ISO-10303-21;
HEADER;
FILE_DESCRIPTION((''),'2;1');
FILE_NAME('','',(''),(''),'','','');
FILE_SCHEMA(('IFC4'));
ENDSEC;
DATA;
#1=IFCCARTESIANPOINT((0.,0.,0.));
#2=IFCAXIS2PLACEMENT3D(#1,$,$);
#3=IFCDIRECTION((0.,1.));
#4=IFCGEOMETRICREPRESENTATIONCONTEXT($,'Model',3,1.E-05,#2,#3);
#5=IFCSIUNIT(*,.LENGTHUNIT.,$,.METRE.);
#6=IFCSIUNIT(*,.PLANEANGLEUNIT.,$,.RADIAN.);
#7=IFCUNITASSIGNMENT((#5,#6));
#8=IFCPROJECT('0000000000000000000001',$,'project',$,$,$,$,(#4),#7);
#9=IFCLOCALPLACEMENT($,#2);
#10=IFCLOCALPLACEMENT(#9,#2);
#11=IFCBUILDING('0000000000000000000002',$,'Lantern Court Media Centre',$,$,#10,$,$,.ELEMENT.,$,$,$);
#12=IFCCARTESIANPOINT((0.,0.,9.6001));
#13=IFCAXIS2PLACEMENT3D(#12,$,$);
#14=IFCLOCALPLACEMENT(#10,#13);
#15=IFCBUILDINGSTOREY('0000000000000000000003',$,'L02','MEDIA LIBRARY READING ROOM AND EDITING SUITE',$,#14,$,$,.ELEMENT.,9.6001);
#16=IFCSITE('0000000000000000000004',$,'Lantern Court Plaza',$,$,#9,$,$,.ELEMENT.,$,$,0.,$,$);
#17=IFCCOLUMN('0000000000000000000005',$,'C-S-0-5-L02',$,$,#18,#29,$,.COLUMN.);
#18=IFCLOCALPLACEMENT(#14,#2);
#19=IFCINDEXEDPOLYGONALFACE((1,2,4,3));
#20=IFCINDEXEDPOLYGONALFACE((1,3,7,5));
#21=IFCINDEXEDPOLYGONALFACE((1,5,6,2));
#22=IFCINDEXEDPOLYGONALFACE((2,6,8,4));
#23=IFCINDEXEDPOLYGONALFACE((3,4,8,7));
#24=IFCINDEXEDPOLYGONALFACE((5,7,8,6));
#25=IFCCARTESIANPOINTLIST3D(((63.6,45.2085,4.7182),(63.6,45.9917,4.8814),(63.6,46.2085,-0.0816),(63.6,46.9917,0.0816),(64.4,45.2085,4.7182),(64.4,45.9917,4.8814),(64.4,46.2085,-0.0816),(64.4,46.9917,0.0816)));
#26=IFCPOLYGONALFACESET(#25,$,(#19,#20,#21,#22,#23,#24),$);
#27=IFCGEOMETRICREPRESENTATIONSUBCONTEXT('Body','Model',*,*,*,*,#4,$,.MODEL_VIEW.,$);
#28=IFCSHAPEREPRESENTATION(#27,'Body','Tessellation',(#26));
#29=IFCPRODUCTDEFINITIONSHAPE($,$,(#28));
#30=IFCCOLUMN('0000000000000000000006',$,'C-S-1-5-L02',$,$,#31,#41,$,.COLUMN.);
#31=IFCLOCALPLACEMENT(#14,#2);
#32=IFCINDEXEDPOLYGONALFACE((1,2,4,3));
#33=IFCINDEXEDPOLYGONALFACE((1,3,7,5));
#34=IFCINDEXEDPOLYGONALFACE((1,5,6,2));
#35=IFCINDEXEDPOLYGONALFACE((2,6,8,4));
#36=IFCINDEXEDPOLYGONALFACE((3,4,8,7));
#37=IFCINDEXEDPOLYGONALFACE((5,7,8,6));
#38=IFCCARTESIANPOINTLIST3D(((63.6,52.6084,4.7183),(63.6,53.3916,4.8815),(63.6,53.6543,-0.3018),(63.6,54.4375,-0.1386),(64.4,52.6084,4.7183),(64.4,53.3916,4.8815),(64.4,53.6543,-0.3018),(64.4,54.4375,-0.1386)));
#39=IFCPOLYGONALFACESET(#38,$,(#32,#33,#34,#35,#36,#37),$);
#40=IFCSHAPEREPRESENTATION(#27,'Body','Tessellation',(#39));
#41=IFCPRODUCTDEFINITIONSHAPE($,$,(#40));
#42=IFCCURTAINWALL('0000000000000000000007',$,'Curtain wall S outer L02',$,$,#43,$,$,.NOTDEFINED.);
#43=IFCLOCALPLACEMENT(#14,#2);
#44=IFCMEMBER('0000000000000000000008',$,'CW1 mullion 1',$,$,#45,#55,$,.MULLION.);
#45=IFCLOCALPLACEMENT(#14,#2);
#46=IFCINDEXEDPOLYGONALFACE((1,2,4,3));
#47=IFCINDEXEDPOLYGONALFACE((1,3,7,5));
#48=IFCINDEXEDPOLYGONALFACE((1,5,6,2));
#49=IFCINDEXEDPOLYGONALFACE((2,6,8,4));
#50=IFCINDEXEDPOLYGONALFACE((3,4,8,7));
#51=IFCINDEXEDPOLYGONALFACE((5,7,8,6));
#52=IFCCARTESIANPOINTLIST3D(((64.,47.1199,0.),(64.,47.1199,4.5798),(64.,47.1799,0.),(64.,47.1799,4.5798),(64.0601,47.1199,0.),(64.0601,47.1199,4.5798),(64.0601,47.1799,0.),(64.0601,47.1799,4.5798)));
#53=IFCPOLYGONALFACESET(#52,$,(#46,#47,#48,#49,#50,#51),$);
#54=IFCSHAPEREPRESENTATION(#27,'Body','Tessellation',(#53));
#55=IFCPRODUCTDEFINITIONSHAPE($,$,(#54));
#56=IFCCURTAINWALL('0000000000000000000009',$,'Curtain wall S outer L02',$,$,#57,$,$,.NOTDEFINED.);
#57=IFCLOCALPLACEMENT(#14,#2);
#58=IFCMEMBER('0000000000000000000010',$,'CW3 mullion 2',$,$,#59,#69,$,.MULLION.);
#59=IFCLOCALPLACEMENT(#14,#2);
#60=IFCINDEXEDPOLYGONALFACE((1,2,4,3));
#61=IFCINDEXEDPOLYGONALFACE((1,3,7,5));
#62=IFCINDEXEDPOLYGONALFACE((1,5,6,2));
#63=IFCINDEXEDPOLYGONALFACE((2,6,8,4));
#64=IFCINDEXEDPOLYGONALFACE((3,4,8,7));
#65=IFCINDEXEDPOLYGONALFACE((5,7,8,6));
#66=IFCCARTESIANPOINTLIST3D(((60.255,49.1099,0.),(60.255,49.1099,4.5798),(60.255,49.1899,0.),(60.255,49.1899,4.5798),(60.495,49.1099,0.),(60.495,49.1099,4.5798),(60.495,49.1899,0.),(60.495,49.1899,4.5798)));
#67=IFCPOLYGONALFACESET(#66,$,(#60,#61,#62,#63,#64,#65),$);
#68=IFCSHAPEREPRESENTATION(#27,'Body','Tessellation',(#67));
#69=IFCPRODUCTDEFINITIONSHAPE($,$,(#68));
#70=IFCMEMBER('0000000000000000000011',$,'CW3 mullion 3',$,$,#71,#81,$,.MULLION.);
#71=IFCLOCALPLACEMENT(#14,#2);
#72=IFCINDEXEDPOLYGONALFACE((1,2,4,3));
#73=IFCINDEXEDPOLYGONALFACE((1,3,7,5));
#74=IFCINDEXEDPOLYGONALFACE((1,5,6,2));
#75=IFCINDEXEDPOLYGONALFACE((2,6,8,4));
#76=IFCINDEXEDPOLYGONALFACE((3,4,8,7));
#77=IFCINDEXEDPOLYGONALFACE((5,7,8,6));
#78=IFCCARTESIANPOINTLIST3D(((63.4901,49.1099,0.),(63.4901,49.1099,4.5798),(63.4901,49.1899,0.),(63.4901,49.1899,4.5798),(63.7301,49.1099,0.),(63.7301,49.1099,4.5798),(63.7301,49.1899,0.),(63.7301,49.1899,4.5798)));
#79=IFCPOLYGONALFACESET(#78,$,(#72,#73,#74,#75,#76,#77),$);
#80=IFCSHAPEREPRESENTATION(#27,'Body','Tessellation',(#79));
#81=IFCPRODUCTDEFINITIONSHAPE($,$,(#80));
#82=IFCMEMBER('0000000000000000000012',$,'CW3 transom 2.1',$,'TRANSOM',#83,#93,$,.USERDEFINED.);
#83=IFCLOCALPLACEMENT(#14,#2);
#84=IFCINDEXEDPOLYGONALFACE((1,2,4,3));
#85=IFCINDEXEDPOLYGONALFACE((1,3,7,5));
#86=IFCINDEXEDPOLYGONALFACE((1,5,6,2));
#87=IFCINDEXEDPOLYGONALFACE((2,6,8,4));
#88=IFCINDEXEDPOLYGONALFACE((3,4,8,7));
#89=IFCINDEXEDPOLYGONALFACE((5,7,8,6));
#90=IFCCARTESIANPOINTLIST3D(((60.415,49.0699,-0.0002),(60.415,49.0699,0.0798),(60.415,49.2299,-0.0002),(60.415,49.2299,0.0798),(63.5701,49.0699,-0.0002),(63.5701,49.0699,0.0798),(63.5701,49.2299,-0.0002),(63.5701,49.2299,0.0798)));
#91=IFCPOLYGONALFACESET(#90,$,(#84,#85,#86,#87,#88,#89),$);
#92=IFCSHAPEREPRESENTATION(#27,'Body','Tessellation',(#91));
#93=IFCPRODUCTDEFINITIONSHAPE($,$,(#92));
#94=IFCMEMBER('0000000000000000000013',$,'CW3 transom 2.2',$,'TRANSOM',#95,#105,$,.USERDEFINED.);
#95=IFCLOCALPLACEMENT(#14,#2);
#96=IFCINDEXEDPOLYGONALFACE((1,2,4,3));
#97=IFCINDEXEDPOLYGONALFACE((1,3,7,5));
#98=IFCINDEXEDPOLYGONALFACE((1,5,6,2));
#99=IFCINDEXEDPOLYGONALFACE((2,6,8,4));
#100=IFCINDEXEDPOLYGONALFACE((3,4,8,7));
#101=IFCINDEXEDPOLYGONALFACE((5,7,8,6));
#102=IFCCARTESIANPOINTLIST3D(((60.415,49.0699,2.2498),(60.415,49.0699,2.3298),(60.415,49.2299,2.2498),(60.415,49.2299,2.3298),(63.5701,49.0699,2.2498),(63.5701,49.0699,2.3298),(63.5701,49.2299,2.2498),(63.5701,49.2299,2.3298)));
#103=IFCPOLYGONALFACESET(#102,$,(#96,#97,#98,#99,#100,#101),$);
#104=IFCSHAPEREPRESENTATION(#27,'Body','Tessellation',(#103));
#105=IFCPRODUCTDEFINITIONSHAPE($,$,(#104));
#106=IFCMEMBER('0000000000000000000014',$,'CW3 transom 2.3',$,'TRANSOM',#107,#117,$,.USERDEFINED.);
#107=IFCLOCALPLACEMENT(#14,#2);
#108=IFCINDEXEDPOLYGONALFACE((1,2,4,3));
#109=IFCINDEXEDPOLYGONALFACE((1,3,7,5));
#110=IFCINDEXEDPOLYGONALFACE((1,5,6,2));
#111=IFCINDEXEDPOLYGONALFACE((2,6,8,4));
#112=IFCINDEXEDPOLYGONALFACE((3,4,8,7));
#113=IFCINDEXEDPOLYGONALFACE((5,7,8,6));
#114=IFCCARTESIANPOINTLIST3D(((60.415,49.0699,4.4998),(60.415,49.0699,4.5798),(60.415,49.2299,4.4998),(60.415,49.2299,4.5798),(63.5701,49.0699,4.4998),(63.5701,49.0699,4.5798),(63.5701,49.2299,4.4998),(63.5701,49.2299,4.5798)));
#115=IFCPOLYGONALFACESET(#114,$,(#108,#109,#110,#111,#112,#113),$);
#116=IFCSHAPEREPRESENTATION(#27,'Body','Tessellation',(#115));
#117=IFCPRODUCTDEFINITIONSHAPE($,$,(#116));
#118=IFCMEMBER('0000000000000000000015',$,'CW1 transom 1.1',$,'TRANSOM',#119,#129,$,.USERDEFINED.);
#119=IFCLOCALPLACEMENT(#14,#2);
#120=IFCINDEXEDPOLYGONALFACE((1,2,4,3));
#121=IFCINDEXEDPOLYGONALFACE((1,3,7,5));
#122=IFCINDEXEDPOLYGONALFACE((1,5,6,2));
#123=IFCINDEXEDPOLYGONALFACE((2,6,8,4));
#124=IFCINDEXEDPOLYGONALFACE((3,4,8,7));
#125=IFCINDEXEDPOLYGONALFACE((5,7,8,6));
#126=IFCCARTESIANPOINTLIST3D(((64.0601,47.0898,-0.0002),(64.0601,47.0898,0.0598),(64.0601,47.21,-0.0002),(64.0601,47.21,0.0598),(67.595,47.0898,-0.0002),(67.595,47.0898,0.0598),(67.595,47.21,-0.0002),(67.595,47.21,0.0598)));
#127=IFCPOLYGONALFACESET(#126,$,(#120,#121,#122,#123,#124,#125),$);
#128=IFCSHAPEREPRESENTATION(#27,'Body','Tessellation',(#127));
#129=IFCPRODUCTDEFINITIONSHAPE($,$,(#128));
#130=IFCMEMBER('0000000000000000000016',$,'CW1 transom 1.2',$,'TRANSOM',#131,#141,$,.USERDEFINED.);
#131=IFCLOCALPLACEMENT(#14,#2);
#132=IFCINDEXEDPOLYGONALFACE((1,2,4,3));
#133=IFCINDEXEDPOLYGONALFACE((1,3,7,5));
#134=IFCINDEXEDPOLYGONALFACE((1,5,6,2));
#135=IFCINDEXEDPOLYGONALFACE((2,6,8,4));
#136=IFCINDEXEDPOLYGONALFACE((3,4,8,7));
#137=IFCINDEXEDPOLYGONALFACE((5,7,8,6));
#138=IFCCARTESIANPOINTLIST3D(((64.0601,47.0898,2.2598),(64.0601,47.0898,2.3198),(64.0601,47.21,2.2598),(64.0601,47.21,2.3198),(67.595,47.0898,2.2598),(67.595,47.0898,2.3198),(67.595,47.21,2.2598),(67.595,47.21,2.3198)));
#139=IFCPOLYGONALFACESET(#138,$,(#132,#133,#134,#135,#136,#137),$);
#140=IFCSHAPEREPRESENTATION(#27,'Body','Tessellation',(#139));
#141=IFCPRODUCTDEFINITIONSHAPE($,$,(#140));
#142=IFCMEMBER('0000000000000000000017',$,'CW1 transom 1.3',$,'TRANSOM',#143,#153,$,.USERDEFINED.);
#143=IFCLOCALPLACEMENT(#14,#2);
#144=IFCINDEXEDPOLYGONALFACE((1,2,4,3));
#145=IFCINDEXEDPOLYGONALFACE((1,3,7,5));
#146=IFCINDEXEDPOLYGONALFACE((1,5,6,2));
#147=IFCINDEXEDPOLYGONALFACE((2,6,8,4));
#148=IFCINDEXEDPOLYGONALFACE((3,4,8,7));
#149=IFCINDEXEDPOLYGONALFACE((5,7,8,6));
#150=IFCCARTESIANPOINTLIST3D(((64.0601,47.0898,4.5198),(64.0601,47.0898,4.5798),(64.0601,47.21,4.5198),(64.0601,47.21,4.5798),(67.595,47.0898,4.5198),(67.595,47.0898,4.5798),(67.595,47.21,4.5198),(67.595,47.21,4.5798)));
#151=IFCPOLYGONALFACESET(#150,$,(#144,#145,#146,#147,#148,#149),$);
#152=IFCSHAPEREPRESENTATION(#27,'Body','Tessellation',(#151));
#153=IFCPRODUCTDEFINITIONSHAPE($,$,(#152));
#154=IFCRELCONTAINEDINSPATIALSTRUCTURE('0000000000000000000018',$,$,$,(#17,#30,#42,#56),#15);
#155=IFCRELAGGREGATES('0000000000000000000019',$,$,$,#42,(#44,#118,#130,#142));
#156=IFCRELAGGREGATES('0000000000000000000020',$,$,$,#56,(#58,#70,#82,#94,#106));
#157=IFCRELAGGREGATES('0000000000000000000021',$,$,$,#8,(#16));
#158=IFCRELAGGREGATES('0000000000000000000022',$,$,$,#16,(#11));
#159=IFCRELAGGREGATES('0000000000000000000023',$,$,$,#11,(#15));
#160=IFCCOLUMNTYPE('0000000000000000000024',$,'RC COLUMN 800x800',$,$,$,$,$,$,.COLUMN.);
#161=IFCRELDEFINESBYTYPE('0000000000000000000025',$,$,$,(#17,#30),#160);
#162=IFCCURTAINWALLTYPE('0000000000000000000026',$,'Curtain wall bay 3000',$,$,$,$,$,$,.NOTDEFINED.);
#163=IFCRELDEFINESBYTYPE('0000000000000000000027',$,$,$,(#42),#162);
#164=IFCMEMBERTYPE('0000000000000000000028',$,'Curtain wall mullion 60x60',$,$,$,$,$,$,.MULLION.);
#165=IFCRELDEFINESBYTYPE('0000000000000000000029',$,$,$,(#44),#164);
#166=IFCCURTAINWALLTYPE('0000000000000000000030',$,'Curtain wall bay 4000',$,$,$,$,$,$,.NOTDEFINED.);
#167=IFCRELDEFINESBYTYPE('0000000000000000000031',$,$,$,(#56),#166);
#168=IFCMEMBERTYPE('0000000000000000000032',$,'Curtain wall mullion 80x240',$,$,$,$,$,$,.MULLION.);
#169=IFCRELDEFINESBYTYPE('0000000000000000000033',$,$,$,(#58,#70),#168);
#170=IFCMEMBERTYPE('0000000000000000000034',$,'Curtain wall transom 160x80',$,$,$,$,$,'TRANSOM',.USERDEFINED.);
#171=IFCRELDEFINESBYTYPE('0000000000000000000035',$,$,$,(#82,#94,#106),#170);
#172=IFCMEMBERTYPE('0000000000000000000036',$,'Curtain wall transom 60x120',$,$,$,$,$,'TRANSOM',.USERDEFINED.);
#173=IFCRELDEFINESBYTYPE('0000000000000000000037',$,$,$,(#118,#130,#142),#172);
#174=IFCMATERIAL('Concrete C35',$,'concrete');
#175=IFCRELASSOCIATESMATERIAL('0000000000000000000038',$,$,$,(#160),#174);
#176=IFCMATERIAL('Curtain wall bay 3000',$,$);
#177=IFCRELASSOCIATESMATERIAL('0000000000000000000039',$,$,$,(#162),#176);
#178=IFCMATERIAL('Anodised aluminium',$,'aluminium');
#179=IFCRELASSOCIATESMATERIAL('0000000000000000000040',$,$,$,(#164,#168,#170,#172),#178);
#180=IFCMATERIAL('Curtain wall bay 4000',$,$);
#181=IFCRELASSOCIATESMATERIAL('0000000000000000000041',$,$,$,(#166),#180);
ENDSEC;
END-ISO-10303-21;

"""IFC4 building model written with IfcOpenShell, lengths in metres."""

from ifc_helpers import new_model, si_unit, direction, frame, origin, origin_2d, place, context, subcontext, project, spatial, rectangle, extrude, material, material_profile, profile_set, type_object, element, aggregate, save


model = new_model("IFC4")

# Units and contexts
model_context = context("Model", 3, precision=1e-05, world=origin(), true_north=direction((0.0, 1.0)))
body_context = subcontext(model_context, "Body", "Model", "MODEL_VIEW")
ifc_project = project(units=[si_unit("LENGTHUNIT", "METRE"), si_unit("PLANEANGLEUNIT", "RADIAN")], contexts=[model_context])

# Site, building, storey
site_placement = place(None, origin())
site = spatial("IfcSite", under=ifc_project, at=site_placement, Name="Lantern Court Plaza", CompositionType="ELEMENT", RefElevation=0.0)
building_placement = place(site_placement, origin())
building = spatial("IfcBuilding", under=site, at=building_placement, Name="Lantern Court Media Centre", CompositionType="ELEMENT")
storey_placement = place(building_placement, frame((0.0, 0.0, 9.6001)))
storey = spatial("IfcBuildingStorey", under=building, at=storey_placement, Name="L02", Description="MEDIA LIBRARY READING ROOM AND EDITING SUITE", CompositionType="ELEMENT", Elevation=9.6001)

# Columns
ifc_material_1 = material(Name="Concrete C35", Category="concrete")
ifc_material_profile_1 = material_profile(ifc_material_1, rectangle(XDim=0.8, YDim=0.8, at=origin_2d()), Name="RC 800x800")
ifc_profile_set_1 = profile_set([ifc_material_profile_1], Name="Concrete C35")
column_type = type_object("IfcColumnType", Name="RC COLUMN 800x800", PredefinedType="COLUMN", material=ifc_profile_set_1)
column_1_placement = place(storey_placement, frame((64.0, 46.6001, 0.0), z_axis=(0.0, -0.203962, 0.978979), x_axis=(1.0, 0.0, 0.0)))
element("IfcColumn", 1, at=column_1_placement, inside=storey, type_object=column_type, Name="C-S-0-5-L02", PredefinedType="COLUMN", context=body_context, shape_type="SweptSolid", body=[
    extrude(rectangle(XDim=0.8, YDim=0.8, at=origin_2d()), origin(), (0.0, 0.0, 1.0), 4.9028),
])
column_2_placement = place(storey_placement, frame((64.0, 54.0459, -0.2202), z_axis=(0.0, -0.203966, 0.978978), x_axis=(1.0, 0.0, 0.0)))
element("IfcColumn", 2, at=column_2_placement, inside=storey, type_object=column_type, Name="C-S-1-5-L02", PredefinedType="COLUMN", context=body_context, shape_type="SweptSolid", body=[
    extrude(rectangle(XDim=0.8, YDim=0.8, at=origin_2d()), origin(), (0.0, 0.0, 1.0), 5.1279),
])

# Curtain wall, member
ifc_material_2 = material(Name="Curtain wall bay 3000")
curtain_wall_type_1 = type_object("IfcCurtainWallType", Name="Curtain wall bay 3000", PredefinedType="NOTDEFINED", material=ifc_material_2)
curtain_wall_1_placement = place(storey_placement, origin())
curtain_wall_1 = element("IfcCurtainWall", 3, at=curtain_wall_1_placement, inside=storey, type_object=curtain_wall_type_1, Name="Curtain wall S outer L02", PredefinedType="NOTDEFINED")
ifc_material_3 = material(Name="Anodised aluminium", Category="aluminium")
ifc_material_profile_2 = material_profile(ifc_material_3, rectangle(XDim=0.0601, YDim=0.0601, at=origin_2d()), Name="AL 60x60")
ifc_profile_set_2 = profile_set([ifc_material_profile_2], Name="Anodised aluminium")
member_type_1 = type_object("IfcMemberType", Name="Curtain wall mullion 60x60", PredefinedType="MULLION", material=ifc_profile_set_2)
member_1_placement = place(storey_placement, frame((64.03, 47.1499, 0.0), z_axis=(0.0, 0.0, 1.0), x_axis=(0.0, 1.0, 0.0)))
member_1 = element("IfcMember", 4, at=member_1_placement, type_object=member_type_1, Name="CW1 mullion 1", PredefinedType="MULLION", context=body_context, shape_type="SweptSolid", body=[
    extrude(rectangle(XDim=0.0601, YDim=0.0601, at=origin_2d()), origin(), (0.0, 0.0, 1.0), 4.5798),
])

# Curtain wall, members
ifc_material_4 = material(Name="Curtain wall bay 4000")
curtain_wall_type_2 = type_object("IfcCurtainWallType", Name="Curtain wall bay 4000", PredefinedType="NOTDEFINED", material=ifc_material_4)
curtain_wall_2_placement = place(storey_placement, origin())
curtain_wall_2 = element("IfcCurtainWall", 5, at=curtain_wall_2_placement, inside=storey, type_object=curtain_wall_type_2, Name="Curtain wall S outer L02", PredefinedType="NOTDEFINED")
ifc_material_profile_3 = material_profile(ifc_material_3, rectangle(XDim=0.0801, YDim=0.24, at=origin_2d()), Name="AL 80x240")
ifc_profile_set_3 = profile_set([ifc_material_profile_3], Name="Anodised aluminium")
member_type_2 = type_object("IfcMemberType", Name="Curtain wall mullion 80x240", PredefinedType="MULLION", material=ifc_profile_set_3)
member_2_placement = place(storey_placement, frame((60.375, 49.1499, 0.0), z_axis=(0.0, 0.0, 1.0), x_axis=(0.0, 1.0, 0.0)))
member_2 = element("IfcMember", 6, at=member_2_placement, type_object=member_type_2, Name="CW3 mullion 2", PredefinedType="MULLION", context=body_context, shape_type="SweptSolid", body=[
    extrude(rectangle(XDim=0.0801, YDim=0.24, at=origin_2d()), origin(), (0.0, 0.0, 1.0), 4.5798),
])
member_3_placement = place(storey_placement, frame((63.6101, 49.1499, 0.0), z_axis=(0.0, 0.0, 1.0), x_axis=(0.0, 1.0, 0.0)))
member_3 = element("IfcMember", 7, at=member_3_placement, type_object=member_type_2, Name="CW3 mullion 3", PredefinedType="MULLION", context=body_context, shape_type="SweptSolid", body=[
    extrude(rectangle(XDim=0.0801, YDim=0.24, at=origin_2d()), origin(), (0.0, 0.0, 1.0), 4.5798),
])
ifc_material_profile_4 = material_profile(ifc_material_3, rectangle(XDim=0.1599, YDim=0.0801, at=origin_2d()), Name="AL 80x160")
ifc_profile_set_4 = profile_set([ifc_material_profile_4], Name="Anodised aluminium")
member_type_3 = type_object("IfcMemberType", Name="Curtain wall transom 160x80", ElementType="TRANSOM", PredefinedType="USERDEFINED", material=ifc_profile_set_4)
member_4_placement = place(storey_placement, frame((60.415, 49.1499, 0.0398), z_axis=(1.0, 0.0, 0.0), x_axis=(0.0, 1.0, 0.0)))
member_4 = element("IfcMember", 8, at=member_4_placement, type_object=member_type_3, Name="CW3 transom 2.1", ObjectType="TRANSOM", PredefinedType="USERDEFINED", context=body_context, shape_type="SweptSolid", body=[
    extrude(rectangle(XDim=0.1599, YDim=0.0801, at=origin_2d()), origin(), (0.0, 0.0, 1.0), 3.155),
])
member_5_placement = place(storey_placement, frame((60.415, 49.1499, 2.2898), z_axis=(1.0, 0.0, 0.0), x_axis=(0.0, 1.0, 0.0)))
member_5 = element("IfcMember", 9, at=member_5_placement, type_object=member_type_3, Name="CW3 transom 2.2", ObjectType="TRANSOM", PredefinedType="USERDEFINED", context=body_context, shape_type="SweptSolid", body=[
    extrude(rectangle(XDim=0.1599, YDim=0.0801, at=origin_2d()), origin(), (0.0, 0.0, 1.0), 3.155),
])
member_6_placement = place(storey_placement, frame((60.415, 49.1499, 4.5398), z_axis=(1.0, 0.0, 0.0), x_axis=(0.0, 1.0, 0.0)))
member_6 = element("IfcMember", 10, at=member_6_placement, type_object=member_type_3, Name="CW3 transom 2.3", ObjectType="TRANSOM", PredefinedType="USERDEFINED", context=body_context, shape_type="SweptSolid", body=[
    extrude(rectangle(XDim=0.1599, YDim=0.0801, at=origin_2d()), origin(), (0.0, 0.0, 1.0), 3.155),
])

# Members
ifc_material_profile_5 = material_profile(ifc_material_3, rectangle(XDim=0.1201, YDim=0.0601, at=origin_2d()), Name="AL 60x120")
ifc_profile_set_5 = profile_set([ifc_material_profile_5], Name="Anodised aluminium")
member_type_4 = type_object("IfcMemberType", Name="Curtain wall transom 60x120", ElementType="TRANSOM", PredefinedType="USERDEFINED", material=ifc_profile_set_5)
member_7_placement = place(storey_placement, frame((64.0601, 47.1499, 0.0298), z_axis=(1.0, 0.0, 0.0), x_axis=(0.0, 1.0, 0.0)))
member_7 = element("IfcMember", 11, at=member_7_placement, type_object=member_type_4, Name="CW1 transom 1.1", ObjectType="TRANSOM", PredefinedType="USERDEFINED", context=body_context, shape_type="SweptSolid", body=[
    extrude(rectangle(XDim=0.1201, YDim=0.0601, at=origin_2d()), origin(), (0.0, 0.0, 1.0), 3.5349),
])
member_8_placement = place(storey_placement, frame((64.0601, 47.1499, 2.2898), z_axis=(1.0, 0.0, 0.0), x_axis=(0.0, 1.0, 0.0)))
member_8 = element("IfcMember", 12, at=member_8_placement, type_object=member_type_4, Name="CW1 transom 1.2", ObjectType="TRANSOM", PredefinedType="USERDEFINED", context=body_context, shape_type="SweptSolid", body=[
    extrude(rectangle(XDim=0.1201, YDim=0.0601, at=origin_2d()), origin(), (0.0, 0.0, 1.0), 3.5349),
])
member_9_placement = place(storey_placement, frame((64.0601, 47.1499, 4.5498), z_axis=(1.0, 0.0, 0.0), x_axis=(0.0, 1.0, 0.0)))
member_9 = element("IfcMember", 13, at=member_9_placement, type_object=member_type_4, Name="CW1 transom 1.3", ObjectType="TRANSOM", PredefinedType="USERDEFINED", context=body_context, shape_type="SweptSolid", body=[
    extrude(rectangle(XDim=0.1201, YDim=0.0601, at=origin_2d()), origin(), (0.0, 0.0, 1.0), 3.5349),
])
aggregate(curtain_wall_1, [member_1, member_7, member_8, member_9])

aggregate(curtain_wall_2, [member_2, member_3, member_4, member_5, member_6])

save(model, "model.ifc")
